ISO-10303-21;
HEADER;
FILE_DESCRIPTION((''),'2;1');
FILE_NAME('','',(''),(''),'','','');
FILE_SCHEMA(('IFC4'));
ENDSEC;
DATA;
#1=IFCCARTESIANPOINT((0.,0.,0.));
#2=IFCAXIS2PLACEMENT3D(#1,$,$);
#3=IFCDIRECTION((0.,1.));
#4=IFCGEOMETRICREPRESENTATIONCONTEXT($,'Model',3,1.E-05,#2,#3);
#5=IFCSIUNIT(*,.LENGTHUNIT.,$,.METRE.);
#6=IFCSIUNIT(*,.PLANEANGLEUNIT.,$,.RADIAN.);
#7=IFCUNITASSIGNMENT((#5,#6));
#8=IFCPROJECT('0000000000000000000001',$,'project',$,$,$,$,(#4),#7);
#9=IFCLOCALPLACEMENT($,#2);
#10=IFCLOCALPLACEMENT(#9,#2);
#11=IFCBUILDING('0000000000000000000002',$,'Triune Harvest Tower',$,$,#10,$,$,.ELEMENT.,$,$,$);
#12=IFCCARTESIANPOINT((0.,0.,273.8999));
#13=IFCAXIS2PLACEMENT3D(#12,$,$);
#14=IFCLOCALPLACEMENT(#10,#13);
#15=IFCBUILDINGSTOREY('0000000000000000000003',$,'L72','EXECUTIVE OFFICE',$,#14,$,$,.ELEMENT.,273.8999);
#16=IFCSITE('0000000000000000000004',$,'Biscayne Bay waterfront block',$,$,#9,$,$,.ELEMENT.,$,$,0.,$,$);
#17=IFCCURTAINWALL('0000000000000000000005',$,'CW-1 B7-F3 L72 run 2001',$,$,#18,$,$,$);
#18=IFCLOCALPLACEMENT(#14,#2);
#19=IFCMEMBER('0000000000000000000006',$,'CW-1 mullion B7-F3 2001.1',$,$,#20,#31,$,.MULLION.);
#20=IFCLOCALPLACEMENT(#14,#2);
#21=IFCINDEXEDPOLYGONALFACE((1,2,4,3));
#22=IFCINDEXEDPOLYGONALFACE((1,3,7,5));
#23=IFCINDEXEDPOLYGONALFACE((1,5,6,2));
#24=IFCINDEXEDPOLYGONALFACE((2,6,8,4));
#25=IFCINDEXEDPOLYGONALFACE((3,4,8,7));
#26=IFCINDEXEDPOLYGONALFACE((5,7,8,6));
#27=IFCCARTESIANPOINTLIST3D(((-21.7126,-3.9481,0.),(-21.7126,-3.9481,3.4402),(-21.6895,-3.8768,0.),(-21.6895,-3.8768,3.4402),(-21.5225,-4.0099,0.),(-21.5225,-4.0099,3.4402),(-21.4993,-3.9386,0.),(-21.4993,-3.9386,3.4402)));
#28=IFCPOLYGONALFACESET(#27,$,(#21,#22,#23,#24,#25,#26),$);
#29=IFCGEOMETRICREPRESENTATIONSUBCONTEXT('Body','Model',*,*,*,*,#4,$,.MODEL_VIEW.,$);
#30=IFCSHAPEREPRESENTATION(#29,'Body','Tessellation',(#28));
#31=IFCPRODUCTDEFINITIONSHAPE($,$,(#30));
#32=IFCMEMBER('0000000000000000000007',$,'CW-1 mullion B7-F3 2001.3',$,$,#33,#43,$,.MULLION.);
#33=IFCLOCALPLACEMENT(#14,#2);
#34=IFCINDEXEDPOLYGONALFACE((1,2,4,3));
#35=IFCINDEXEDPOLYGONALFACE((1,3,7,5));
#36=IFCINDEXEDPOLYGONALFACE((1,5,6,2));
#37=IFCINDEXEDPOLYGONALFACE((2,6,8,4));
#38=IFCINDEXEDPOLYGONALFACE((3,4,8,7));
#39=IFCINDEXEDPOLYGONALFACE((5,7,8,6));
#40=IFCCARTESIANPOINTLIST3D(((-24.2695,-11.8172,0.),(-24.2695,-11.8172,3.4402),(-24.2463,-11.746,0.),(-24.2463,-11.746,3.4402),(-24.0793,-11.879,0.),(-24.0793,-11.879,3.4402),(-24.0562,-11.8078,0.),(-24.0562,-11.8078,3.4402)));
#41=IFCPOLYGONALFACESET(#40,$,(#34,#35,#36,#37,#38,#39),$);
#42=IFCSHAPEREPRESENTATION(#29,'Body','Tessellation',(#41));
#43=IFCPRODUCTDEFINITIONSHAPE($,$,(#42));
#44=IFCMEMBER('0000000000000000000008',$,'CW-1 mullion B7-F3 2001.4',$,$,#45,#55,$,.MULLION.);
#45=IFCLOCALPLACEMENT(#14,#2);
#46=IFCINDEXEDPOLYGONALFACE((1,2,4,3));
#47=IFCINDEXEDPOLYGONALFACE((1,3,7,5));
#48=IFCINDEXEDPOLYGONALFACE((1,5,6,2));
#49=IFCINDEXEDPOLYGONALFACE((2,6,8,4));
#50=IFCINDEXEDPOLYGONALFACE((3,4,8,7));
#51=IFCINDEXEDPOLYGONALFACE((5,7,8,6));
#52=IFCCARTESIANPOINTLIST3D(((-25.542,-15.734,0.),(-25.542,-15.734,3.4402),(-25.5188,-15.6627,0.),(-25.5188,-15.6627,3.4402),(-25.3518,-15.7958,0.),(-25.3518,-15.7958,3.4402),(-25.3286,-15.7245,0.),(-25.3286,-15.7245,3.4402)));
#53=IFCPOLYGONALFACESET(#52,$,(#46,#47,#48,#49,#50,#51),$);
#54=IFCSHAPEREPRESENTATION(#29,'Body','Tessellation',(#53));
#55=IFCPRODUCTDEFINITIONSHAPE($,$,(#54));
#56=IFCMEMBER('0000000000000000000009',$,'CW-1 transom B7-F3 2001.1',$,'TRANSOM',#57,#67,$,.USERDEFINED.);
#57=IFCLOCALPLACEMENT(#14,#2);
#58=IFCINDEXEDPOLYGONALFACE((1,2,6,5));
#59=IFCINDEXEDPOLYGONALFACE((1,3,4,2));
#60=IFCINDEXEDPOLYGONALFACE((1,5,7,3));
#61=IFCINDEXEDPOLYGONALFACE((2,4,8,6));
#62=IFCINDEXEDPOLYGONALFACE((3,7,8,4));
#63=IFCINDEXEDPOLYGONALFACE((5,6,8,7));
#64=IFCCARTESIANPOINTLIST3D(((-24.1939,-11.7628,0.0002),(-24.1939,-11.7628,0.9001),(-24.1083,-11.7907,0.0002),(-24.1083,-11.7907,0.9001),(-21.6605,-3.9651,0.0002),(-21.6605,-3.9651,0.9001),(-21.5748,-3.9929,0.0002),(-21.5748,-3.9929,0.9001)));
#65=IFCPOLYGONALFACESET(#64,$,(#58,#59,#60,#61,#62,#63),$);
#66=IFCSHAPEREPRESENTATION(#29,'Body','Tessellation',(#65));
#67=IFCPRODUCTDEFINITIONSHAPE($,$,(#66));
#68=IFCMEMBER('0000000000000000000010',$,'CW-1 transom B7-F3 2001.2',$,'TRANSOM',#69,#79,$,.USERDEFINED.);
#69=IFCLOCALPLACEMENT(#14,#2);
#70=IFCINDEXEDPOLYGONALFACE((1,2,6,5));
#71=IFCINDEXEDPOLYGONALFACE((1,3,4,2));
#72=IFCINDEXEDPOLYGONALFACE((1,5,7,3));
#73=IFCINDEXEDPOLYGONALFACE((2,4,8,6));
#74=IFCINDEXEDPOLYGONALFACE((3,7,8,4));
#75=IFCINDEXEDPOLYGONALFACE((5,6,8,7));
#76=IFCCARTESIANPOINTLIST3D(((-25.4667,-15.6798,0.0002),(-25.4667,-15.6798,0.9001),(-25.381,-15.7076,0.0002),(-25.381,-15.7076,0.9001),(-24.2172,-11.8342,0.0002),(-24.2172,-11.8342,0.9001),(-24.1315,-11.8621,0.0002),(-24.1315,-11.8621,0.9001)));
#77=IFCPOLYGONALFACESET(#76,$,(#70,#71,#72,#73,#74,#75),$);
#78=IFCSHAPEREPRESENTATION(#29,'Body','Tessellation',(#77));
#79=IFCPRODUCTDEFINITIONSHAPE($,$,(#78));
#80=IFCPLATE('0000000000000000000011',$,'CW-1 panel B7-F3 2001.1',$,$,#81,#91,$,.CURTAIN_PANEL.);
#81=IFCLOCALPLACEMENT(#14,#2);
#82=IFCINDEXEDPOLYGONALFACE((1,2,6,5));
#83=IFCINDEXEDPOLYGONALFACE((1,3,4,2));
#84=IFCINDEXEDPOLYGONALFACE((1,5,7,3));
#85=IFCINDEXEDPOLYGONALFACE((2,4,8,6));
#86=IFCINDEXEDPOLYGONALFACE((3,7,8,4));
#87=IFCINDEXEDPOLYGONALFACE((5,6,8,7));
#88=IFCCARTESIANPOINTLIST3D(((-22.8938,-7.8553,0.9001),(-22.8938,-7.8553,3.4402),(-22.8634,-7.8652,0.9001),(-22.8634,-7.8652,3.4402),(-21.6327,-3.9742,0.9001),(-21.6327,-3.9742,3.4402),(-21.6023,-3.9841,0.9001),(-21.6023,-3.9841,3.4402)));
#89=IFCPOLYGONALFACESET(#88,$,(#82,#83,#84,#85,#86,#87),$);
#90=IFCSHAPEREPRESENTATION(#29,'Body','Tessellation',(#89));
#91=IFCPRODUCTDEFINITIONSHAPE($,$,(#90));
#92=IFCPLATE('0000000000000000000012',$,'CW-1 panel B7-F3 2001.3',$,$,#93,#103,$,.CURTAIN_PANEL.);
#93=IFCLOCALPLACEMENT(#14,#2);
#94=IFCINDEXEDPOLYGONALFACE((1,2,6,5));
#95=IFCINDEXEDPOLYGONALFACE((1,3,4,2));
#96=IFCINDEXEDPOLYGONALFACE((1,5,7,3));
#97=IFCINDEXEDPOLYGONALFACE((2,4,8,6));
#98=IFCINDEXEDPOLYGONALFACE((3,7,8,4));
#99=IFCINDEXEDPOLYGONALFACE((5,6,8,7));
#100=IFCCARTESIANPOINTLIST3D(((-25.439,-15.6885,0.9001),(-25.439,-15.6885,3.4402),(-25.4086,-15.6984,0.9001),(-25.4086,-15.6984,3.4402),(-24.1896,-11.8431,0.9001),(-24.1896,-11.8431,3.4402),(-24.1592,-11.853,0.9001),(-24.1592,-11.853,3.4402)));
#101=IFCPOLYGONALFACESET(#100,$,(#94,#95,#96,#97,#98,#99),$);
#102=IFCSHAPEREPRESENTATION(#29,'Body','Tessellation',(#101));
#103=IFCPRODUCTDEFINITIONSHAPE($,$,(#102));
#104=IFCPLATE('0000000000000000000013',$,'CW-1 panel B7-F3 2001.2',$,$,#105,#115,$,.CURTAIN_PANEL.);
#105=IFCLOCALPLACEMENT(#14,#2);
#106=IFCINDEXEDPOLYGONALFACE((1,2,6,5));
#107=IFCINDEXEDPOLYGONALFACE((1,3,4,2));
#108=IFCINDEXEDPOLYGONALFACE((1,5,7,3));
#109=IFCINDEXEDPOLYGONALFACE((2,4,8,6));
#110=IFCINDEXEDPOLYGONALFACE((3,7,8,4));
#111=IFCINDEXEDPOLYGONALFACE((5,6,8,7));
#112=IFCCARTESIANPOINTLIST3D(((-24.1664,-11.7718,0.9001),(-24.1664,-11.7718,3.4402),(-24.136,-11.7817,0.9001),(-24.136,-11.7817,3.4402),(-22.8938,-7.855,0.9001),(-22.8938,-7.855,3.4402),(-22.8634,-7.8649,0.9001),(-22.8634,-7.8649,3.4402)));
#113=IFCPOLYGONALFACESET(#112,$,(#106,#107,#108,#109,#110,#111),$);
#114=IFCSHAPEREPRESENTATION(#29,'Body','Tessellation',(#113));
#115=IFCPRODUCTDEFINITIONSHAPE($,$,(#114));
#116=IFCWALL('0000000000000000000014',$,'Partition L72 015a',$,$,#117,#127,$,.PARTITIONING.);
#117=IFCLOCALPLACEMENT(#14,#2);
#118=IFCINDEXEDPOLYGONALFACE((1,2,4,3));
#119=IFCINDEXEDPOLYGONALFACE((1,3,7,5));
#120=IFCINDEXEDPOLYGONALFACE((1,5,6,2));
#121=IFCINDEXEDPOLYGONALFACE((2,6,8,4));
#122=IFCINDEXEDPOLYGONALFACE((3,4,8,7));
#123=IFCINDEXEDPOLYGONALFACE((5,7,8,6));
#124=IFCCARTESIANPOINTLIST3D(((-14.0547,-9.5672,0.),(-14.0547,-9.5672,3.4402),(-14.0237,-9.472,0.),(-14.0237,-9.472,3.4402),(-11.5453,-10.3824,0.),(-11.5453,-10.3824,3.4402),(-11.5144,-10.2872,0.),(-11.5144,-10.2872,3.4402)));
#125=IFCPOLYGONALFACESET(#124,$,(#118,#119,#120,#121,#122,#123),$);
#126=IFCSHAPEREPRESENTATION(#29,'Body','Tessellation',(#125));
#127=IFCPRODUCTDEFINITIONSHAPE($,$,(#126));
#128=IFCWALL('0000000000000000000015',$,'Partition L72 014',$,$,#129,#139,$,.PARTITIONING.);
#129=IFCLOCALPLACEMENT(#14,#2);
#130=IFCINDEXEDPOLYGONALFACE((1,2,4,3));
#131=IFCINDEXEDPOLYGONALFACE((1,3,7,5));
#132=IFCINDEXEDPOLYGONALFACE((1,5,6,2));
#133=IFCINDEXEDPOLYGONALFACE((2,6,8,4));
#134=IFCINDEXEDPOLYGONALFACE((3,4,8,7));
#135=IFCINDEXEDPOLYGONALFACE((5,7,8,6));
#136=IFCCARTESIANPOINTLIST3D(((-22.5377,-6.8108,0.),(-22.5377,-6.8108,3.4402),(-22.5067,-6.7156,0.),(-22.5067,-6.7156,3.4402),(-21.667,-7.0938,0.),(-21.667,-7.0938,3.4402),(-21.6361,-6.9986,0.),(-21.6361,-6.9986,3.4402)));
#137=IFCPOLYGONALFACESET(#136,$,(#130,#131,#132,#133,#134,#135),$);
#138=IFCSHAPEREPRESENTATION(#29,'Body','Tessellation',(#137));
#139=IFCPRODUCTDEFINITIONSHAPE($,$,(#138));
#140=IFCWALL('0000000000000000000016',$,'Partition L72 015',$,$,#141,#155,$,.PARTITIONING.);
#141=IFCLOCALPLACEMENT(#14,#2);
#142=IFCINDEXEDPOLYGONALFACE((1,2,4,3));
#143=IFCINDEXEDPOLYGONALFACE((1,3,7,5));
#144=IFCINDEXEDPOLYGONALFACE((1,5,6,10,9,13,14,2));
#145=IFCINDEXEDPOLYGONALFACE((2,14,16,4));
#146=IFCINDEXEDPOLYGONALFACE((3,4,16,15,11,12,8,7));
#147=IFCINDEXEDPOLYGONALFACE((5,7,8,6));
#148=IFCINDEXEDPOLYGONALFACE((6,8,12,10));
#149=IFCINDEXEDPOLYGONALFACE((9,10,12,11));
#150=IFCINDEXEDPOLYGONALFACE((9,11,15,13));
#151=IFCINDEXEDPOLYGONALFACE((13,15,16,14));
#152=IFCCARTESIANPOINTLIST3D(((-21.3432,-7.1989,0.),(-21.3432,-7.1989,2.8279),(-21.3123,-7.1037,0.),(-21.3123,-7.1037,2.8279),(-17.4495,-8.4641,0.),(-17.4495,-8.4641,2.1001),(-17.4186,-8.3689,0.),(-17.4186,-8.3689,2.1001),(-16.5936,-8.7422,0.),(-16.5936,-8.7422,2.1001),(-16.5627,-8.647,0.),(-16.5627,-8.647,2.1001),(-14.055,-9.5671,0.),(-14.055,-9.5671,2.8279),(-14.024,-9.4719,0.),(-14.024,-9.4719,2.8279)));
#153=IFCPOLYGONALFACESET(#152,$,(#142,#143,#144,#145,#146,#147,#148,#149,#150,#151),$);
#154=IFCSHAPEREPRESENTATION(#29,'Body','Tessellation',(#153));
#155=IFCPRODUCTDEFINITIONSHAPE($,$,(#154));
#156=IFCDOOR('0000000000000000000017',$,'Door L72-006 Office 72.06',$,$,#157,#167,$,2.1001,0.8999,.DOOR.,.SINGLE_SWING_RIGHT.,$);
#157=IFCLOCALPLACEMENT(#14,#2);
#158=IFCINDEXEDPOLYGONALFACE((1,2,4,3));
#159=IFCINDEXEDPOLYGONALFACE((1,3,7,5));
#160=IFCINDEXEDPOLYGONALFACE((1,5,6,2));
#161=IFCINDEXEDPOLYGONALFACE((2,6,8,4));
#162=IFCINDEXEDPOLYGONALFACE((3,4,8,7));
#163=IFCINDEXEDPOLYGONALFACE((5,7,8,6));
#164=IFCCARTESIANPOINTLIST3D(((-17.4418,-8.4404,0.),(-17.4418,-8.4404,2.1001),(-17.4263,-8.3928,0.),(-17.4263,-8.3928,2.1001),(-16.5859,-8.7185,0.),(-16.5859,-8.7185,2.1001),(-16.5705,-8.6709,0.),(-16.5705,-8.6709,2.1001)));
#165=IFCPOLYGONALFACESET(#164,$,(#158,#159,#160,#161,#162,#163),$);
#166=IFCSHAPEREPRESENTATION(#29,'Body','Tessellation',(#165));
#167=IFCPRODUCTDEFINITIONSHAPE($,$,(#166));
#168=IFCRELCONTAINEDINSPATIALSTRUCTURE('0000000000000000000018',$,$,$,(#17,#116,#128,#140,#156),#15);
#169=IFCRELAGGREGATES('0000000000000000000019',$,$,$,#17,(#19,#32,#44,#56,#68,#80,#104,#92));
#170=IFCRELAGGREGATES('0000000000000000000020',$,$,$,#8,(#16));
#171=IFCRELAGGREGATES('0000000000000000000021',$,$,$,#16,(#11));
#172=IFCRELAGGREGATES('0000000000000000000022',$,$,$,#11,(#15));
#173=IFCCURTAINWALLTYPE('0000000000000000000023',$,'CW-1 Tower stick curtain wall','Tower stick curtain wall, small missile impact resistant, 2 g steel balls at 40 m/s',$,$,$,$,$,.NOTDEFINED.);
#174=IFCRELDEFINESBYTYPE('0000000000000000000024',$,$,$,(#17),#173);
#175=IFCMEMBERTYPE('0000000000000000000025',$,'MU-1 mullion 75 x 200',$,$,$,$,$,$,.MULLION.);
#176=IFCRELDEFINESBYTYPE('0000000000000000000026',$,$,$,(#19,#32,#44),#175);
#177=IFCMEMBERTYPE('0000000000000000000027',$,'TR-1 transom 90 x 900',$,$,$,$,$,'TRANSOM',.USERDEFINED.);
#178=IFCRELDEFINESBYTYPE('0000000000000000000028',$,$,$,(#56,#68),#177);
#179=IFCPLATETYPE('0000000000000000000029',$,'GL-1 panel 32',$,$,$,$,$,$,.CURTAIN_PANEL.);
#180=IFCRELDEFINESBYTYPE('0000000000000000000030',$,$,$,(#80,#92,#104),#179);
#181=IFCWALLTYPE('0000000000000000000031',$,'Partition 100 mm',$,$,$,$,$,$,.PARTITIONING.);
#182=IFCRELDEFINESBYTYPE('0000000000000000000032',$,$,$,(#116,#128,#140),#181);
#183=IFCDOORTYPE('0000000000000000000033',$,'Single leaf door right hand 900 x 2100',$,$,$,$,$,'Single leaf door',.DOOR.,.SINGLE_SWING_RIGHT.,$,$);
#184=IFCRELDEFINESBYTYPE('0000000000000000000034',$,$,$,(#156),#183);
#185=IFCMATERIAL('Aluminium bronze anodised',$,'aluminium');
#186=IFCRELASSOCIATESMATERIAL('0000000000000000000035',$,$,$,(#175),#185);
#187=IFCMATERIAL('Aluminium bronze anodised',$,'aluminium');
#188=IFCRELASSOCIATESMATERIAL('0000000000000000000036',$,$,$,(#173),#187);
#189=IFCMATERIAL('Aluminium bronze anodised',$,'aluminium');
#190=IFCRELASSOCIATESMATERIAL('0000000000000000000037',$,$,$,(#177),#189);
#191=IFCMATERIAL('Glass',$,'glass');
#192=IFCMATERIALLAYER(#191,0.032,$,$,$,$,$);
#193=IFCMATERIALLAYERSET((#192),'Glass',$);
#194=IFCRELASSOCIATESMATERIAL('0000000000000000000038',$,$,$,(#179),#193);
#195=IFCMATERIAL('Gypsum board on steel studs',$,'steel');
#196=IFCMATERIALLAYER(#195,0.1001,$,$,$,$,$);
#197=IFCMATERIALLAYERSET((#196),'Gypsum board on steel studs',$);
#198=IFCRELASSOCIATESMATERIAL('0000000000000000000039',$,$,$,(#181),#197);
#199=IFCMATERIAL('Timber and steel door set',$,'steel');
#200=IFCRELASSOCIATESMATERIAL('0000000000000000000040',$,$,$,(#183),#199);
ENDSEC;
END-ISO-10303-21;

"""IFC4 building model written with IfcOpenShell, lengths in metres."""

from ifc_helpers import new_model, si_unit, direction, frame, frame_2d, origin, origin_2d, place, context, subcontext, project, spatial, rectangle, extrude, source, transform, mapped, material, layer, layer_set, material_profile, profile_set, type_object, element, fill, aggregate, save


model = new_model("IFC4")

# Units and contexts
model_context = context("Model", 3, precision=1e-05, world=origin(), true_north=direction((0.0, 1.0)))
body_context = subcontext(model_context, "Body", "Model", "MODEL_VIEW")
ifc_project = project(units=[si_unit("LENGTHUNIT", "METRE"), si_unit("PLANEANGLEUNIT", "RADIAN")], contexts=[model_context])

# Site, building, storey
site_placement = place(None, origin())
site = spatial("IfcSite", under=ifc_project, at=site_placement, Name="Biscayne Bay waterfront block", CompositionType="ELEMENT", RefElevation=0.0)
building_placement = place(site_placement, origin())
building = spatial("IfcBuilding", under=site, at=building_placement, Name="Triune Harvest Tower", CompositionType="ELEMENT")
storey_placement = place(building_placement, frame((0.0, 0.0, 273.8999)))
storey = spatial("IfcBuildingStorey", under=building, at=storey_placement, Name="L72", Description="EXECUTIVE OFFICE", CompositionType="ELEMENT", Elevation=273.8999)

# Shared definitions
ifc_material_1 = material(Name="Aluminium bronze anodised", Category="aluminium")
ifc_material_profile_1 = material_profile(ifc_material_1, rectangle(XDim=0.2, YDim=0.075, at=origin_2d()), Name="MU-1 mullion 75 x 200")
ifc_profile_set_1 = profile_set([ifc_material_profile_1], Name="Aluminium bronze anodised")
member_type_1 = type_object("IfcMemberType", Name="MU-1 mullion 75 x 200", PredefinedType="MULLION", material=ifc_profile_set_1)
shared_shape_1 = source(origin(), body_context, "Body", "SweptSolid", [
    extrude(rectangle(XDim=0.2, YDim=0.075, at=origin_2d()), origin(), (0.0, 0.0, 1.0), 3.4402),
])

# Curtain wall, members, plates
ifc_material_2 = material(Name="Aluminium bronze anodised", Category="aluminium")
curtain_wall_type_1 = type_object("IfcCurtainWallType", Name="CW-1 Tower stick curtain wall", Description="Tower stick curtain wall, small missile impact resistant, 2 g steel balls at 40 m/s", PredefinedType="NOTDEFINED", material=ifc_material_2)
curtain_wall_1_placement = place(storey_placement, origin())
curtain_wall_1 = element("IfcCurtainWall", 1, at=curtain_wall_1_placement, inside=storey, type_object=curtain_wall_type_1, Name="CW-1 B7-F3 L72 run 2001")
member_1_placement = place(storey_placement, frame((-21.606, -3.9434, 0.0), z_axis=(0.0, 0.0, 1.0), x_axis=(0.951058, -0.309013, 0.0)))
member_1 = element("IfcMember", 2, at=member_1_placement, type_object=member_type_1, Name="CW-1 mullion B7-F3 2001.1", PredefinedType="MULLION", context=body_context, shape_type="MappedRepresentation", body=[
    mapped(shared_shape_1, transform((0.0, 0.0, 0.0), scale=1.0)),
])
member_2_placement = place(storey_placement, frame((-24.1628, -11.8125, 0.0), z_axis=(0.0, 0.0, 1.0), x_axis=(0.951058, -0.309013, 0.0)))
member_2 = element("IfcMember", 3, at=member_2_placement, type_object=member_type_1, Name="CW-1 mullion B7-F3 2001.3", PredefinedType="MULLION", context=body_context, shape_type="MappedRepresentation", body=[
    mapped(shared_shape_1, transform((0.0, 0.0, 0.0), scale=1.0)),
])
member_3_placement = place(storey_placement, frame((-25.4353, -15.7292, 0.0), z_axis=(0.0, 0.0, 1.0), x_axis=(0.951058, -0.309013, 0.0)))
member_3 = element("IfcMember", 4, at=member_3_placement, type_object=member_type_1, Name="CW-1 mullion B7-F3 2001.4", PredefinedType="MULLION", context=body_context, shape_type="MappedRepresentation", body=[
    mapped(shared_shape_1, transform((0.0, 0.0, 0.0), scale=1.0)),
])
ifc_material_3 = material(Name="Aluminium bronze anodised", Category="aluminium")
ifc_material_profile_2 = material_profile(ifc_material_3, rectangle(XDim=0.0901, YDim=0.8999, at=origin_2d()), Name="TR-1 transom 90 x 900")
ifc_profile_set_2 = profile_set([ifc_material_profile_2], Name="Aluminium bronze anodised")
member_type_2 = type_object("IfcMemberType", Name="TR-1 transom 90 x 900", ElementType="TRANSOM", PredefinedType="USERDEFINED", material=ifc_profile_set_2)
shared_shape_2 = source(origin(), body_context, "Body", "SweptSolid", [
    extrude(rectangle(XDim=0.0901, YDim=0.8999, at=origin_2d()), origin(), (0.0, 0.0, 1.0), 8.199),
])
member_4_placement = place(storey_placement, frame((-21.6177, -3.979, 0.4502), z_axis=(-0.308992, -0.951065, 0.0), x_axis=(0.951065, -0.308992, 0.0)))
member_4 = element("IfcMember", 5, at=member_4_placement, type_object=member_type_2, Name="CW-1 transom B7-F3 2001.1", ObjectType="TRANSOM", PredefinedType="USERDEFINED", context=body_context, shape_type="MappedRepresentation", body=[
    mapped(shared_shape_2, transform((0.0, 0.0, 0.0), scale=1.0)),
])
shared_shape_3 = source(origin(), body_context, "Body", "SweptSolid", [
    extrude(rectangle(XDim=0.0901, YDim=0.8999, at=origin_2d()), origin(), (0.0, 0.0, 1.0), 4.0435),
])
member_5_placement = place(storey_placement, frame((-24.1743, -11.8481, 0.4502), z_axis=(-0.309027, -0.951053, 0.0), x_axis=(0.951053, -0.309027, 0.0)))
member_5 = element("IfcMember", 6, at=member_5_placement, type_object=member_type_2, Name="CW-1 transom B7-F3 2001.2", ObjectType="TRANSOM", PredefinedType="USERDEFINED", context=body_context, shape_type="MappedRepresentation", body=[
    mapped(shared_shape_3, transform((0.0, 0.0, 0.0), scale=1.0)),
])
ifc_material_4 = material(Name="Glass", Category="glass")
ifc_layer_1 = layer(ifc_material_4, 0.032)
ifc_layer_set_1 = layer_set([ifc_layer_1], Name="Glass")
plate_type = type_object("IfcPlateType", Name="GL-1 panel 32", PredefinedType="CURTAIN_PANEL", material=ifc_layer_set_1)
shared_shape_4 = source(origin(), body_context, "Body", "SweptSolid", [
    extrude(rectangle(XDim=4.0808, YDim=0.032, at=origin_2d()), origin(), (0.0, 0.0, 1.0), 2.54),
])
plate_1_placement = place(storey_placement, frame((-22.248, -5.9197, 0.9001), z_axis=(0.0, 0.0, 1.0), x_axis=(-0.309013, -0.951058, 0.0)))
plate_1 = element("IfcPlate", 7, at=plate_1_placement, type_object=plate_type, Name="CW-1 panel B7-F3 2001.1", PredefinedType="CURTAIN_PANEL", context=body_context, shape_type="MappedRepresentation", body=[
    mapped(shared_shape_4, transform((0.0, 0.0, 0.0), scale=1.0)),
])
shared_shape_5 = source(origin(), body_context, "Body", "SweptSolid", [
    extrude(rectangle(XDim=4.0432, YDim=0.032, at=origin_2d()), origin(), (0.0, 0.0, 1.0), 2.54),
])
plate_2_placement = place(storey_placement, frame((-24.7991, -13.7708, 0.9001), z_axis=(0.0, 0.0, 1.0), x_axis=(-0.309013, -0.951058, 0.0)))
plate_2 = element("IfcPlate", 8, at=plate_2_placement, type_object=plate_type, Name="CW-1 panel B7-F3 2001.3", PredefinedType="CURTAIN_PANEL", context=body_context, shape_type="MappedRepresentation", body=[
    mapped(shared_shape_5, transform((0.0, 0.0, 0.0), scale=1.0)),
])
shared_shape_6 = source(origin(), body_context, "Body", "SweptSolid", [
    extrude(rectangle(XDim=4.1184, YDim=0.032, at=origin_2d()), origin(), (0.0, 0.0, 1.0), 2.54),
])
plate_3_placement = place(storey_placement, frame((-23.5149, -9.8184, 0.9001), z_axis=(0.0, 0.0, 1.0), x_axis=(-0.309013, -0.951058, 0.0)))
plate_3 = element("IfcPlate", 9, at=plate_3_placement, type_object=plate_type, Name="CW-1 panel B7-F3 2001.2", PredefinedType="CURTAIN_PANEL", context=body_context, shape_type="MappedRepresentation", body=[
    mapped(shared_shape_6, transform((0.0, 0.0, 0.0), scale=1.0)),
])
aggregate(curtain_wall_1, [member_1, member_2, member_3, member_4, member_5, plate_1, plate_3, plate_2])

# Walls
ifc_material_5 = material(Name="Gypsum board on steel studs", Category="steel")
ifc_layer_2 = layer(ifc_material_5, 0.1001)
ifc_layer_set_2 = layer_set([ifc_layer_2], Name="Gypsum board on steel studs")
wall_type = type_object("IfcWallType", Name="Partition 100 mm", PredefinedType="PARTITIONING", material=ifc_layer_set_2)
wall_1_placement = place(storey_placement, frame((-14.0393, -9.5195, 0.0), z_axis=(0.0, 0.0, 1.0), x_axis=(0.951071, -0.308973, 0.0)))
element("IfcWall", 10, at=wall_1_placement, inside=storey, type_object=wall_type, Name="Partition L72 015a", PredefinedType="PARTITIONING", context=body_context, shape_type="SweptSolid", body=[
    extrude(rectangle(XDim=2.6384, YDim=0.1001, at=frame_2d((1.3193, 0.0))), origin(), (0.0, 0.0, 1.0), 3.4402),
])
shared_shape_7 = source(origin(), body_context, "Body", "SweptSolid", [
    extrude(rectangle(XDim=0.9155, YDim=0.1001, at=frame_2d((0.4578, 0.0))), origin(), (0.0, 0.0, 1.0), 3.4402),
])
wall_2_placement = place(storey_placement, frame((-22.5222, -6.7632, 0.0), z_axis=(0.0, 0.0, 1.0), x_axis=(0.95103, -0.309098, 0.0)))
element("IfcWall", 11, at=wall_2_placement, inside=storey, type_object=wall_type, Name="Partition L72 014", PredefinedType="PARTITIONING", context=body_context, shape_type="MappedRepresentation", body=[
    mapped(shared_shape_7, transform((0.0, 0.0, 0.0), scale=1.0)),
])

# Wall, opening, door
shared_shape_8 = source(origin(), body_context, "Body", "SweptSolid", [
    extrude(rectangle(XDim=7.6633, YDim=0.1001, at=frame_2d((3.8315, 0.0))), origin(), (0.0, 0.0, 1.0), 2.8279),
])
wall_3_placement = place(storey_placement, frame((-21.3276, -7.1514, 0.0), z_axis=(0.0, 0.0, 1.0), x_axis=(0.951055, -0.309022, 0.0)))
wall_3 = element("IfcWall", 12, at=wall_3_placement, inside=storey, type_object=wall_type, Name="Partition L72 015", PredefinedType="PARTITIONING", context=body_context, shape_type="MappedRepresentation", body=[
    mapped(shared_shape_8, transform((0.0, 0.0, 0.0), scale=1.0)),
])
opening_placement = place(wall_3_placement, frame((4.094, 0.0, 0.0)))
opening = element("IfcOpeningElement", 13, at=opening_placement, cuts=wall_3, PredefinedType="OPENING", context=body_context, shape_type="SweptSolid", body=[
    extrude(rectangle(XDim=0.8999, YDim=2.1001, at=frame_2d((0.45, 1.05))), frame((0.0, 0.0601, 0.0), z_axis=(0.0, -1.0, 0.0), x_axis=(1.0, 0.0, 0.0)), (0.0, 0.0, 1.0), 0.1201),
])
ifc_material_6 = material(Name="Timber and steel door set", Category="steel")
door_type = type_object("IfcDoorType", Name="Single leaf door right hand 900 x 2100", ElementType="Single leaf door", OperationType="SINGLE_SWING_RIGHT", PredefinedType="DOOR", material=ifc_material_6)
door_placement = place(opening_placement, origin())
door = element("IfcDoor", 14, at=door_placement, inside=storey, type_object=door_type, Name="Door L72-006 Office 72.06", OperationType="SINGLE_SWING_RIGHT", OverallHeight=2.1001, OverallWidth=0.8999, PredefinedType="DOOR", context=body_context, shape_type="SweptSolid", body=[
    extrude(rectangle(XDim=0.8999, YDim=2.1001, at=frame_2d((0.45, 1.05))), frame((0.0, 0.0249, 0.0), z_axis=(0.0, -1.0, 0.0), x_axis=(1.0, 0.0, 0.0)), (0.0, 0.0, 1.0), 0.05),
])
fill(opening, door)

save(model, "model.ifc")
